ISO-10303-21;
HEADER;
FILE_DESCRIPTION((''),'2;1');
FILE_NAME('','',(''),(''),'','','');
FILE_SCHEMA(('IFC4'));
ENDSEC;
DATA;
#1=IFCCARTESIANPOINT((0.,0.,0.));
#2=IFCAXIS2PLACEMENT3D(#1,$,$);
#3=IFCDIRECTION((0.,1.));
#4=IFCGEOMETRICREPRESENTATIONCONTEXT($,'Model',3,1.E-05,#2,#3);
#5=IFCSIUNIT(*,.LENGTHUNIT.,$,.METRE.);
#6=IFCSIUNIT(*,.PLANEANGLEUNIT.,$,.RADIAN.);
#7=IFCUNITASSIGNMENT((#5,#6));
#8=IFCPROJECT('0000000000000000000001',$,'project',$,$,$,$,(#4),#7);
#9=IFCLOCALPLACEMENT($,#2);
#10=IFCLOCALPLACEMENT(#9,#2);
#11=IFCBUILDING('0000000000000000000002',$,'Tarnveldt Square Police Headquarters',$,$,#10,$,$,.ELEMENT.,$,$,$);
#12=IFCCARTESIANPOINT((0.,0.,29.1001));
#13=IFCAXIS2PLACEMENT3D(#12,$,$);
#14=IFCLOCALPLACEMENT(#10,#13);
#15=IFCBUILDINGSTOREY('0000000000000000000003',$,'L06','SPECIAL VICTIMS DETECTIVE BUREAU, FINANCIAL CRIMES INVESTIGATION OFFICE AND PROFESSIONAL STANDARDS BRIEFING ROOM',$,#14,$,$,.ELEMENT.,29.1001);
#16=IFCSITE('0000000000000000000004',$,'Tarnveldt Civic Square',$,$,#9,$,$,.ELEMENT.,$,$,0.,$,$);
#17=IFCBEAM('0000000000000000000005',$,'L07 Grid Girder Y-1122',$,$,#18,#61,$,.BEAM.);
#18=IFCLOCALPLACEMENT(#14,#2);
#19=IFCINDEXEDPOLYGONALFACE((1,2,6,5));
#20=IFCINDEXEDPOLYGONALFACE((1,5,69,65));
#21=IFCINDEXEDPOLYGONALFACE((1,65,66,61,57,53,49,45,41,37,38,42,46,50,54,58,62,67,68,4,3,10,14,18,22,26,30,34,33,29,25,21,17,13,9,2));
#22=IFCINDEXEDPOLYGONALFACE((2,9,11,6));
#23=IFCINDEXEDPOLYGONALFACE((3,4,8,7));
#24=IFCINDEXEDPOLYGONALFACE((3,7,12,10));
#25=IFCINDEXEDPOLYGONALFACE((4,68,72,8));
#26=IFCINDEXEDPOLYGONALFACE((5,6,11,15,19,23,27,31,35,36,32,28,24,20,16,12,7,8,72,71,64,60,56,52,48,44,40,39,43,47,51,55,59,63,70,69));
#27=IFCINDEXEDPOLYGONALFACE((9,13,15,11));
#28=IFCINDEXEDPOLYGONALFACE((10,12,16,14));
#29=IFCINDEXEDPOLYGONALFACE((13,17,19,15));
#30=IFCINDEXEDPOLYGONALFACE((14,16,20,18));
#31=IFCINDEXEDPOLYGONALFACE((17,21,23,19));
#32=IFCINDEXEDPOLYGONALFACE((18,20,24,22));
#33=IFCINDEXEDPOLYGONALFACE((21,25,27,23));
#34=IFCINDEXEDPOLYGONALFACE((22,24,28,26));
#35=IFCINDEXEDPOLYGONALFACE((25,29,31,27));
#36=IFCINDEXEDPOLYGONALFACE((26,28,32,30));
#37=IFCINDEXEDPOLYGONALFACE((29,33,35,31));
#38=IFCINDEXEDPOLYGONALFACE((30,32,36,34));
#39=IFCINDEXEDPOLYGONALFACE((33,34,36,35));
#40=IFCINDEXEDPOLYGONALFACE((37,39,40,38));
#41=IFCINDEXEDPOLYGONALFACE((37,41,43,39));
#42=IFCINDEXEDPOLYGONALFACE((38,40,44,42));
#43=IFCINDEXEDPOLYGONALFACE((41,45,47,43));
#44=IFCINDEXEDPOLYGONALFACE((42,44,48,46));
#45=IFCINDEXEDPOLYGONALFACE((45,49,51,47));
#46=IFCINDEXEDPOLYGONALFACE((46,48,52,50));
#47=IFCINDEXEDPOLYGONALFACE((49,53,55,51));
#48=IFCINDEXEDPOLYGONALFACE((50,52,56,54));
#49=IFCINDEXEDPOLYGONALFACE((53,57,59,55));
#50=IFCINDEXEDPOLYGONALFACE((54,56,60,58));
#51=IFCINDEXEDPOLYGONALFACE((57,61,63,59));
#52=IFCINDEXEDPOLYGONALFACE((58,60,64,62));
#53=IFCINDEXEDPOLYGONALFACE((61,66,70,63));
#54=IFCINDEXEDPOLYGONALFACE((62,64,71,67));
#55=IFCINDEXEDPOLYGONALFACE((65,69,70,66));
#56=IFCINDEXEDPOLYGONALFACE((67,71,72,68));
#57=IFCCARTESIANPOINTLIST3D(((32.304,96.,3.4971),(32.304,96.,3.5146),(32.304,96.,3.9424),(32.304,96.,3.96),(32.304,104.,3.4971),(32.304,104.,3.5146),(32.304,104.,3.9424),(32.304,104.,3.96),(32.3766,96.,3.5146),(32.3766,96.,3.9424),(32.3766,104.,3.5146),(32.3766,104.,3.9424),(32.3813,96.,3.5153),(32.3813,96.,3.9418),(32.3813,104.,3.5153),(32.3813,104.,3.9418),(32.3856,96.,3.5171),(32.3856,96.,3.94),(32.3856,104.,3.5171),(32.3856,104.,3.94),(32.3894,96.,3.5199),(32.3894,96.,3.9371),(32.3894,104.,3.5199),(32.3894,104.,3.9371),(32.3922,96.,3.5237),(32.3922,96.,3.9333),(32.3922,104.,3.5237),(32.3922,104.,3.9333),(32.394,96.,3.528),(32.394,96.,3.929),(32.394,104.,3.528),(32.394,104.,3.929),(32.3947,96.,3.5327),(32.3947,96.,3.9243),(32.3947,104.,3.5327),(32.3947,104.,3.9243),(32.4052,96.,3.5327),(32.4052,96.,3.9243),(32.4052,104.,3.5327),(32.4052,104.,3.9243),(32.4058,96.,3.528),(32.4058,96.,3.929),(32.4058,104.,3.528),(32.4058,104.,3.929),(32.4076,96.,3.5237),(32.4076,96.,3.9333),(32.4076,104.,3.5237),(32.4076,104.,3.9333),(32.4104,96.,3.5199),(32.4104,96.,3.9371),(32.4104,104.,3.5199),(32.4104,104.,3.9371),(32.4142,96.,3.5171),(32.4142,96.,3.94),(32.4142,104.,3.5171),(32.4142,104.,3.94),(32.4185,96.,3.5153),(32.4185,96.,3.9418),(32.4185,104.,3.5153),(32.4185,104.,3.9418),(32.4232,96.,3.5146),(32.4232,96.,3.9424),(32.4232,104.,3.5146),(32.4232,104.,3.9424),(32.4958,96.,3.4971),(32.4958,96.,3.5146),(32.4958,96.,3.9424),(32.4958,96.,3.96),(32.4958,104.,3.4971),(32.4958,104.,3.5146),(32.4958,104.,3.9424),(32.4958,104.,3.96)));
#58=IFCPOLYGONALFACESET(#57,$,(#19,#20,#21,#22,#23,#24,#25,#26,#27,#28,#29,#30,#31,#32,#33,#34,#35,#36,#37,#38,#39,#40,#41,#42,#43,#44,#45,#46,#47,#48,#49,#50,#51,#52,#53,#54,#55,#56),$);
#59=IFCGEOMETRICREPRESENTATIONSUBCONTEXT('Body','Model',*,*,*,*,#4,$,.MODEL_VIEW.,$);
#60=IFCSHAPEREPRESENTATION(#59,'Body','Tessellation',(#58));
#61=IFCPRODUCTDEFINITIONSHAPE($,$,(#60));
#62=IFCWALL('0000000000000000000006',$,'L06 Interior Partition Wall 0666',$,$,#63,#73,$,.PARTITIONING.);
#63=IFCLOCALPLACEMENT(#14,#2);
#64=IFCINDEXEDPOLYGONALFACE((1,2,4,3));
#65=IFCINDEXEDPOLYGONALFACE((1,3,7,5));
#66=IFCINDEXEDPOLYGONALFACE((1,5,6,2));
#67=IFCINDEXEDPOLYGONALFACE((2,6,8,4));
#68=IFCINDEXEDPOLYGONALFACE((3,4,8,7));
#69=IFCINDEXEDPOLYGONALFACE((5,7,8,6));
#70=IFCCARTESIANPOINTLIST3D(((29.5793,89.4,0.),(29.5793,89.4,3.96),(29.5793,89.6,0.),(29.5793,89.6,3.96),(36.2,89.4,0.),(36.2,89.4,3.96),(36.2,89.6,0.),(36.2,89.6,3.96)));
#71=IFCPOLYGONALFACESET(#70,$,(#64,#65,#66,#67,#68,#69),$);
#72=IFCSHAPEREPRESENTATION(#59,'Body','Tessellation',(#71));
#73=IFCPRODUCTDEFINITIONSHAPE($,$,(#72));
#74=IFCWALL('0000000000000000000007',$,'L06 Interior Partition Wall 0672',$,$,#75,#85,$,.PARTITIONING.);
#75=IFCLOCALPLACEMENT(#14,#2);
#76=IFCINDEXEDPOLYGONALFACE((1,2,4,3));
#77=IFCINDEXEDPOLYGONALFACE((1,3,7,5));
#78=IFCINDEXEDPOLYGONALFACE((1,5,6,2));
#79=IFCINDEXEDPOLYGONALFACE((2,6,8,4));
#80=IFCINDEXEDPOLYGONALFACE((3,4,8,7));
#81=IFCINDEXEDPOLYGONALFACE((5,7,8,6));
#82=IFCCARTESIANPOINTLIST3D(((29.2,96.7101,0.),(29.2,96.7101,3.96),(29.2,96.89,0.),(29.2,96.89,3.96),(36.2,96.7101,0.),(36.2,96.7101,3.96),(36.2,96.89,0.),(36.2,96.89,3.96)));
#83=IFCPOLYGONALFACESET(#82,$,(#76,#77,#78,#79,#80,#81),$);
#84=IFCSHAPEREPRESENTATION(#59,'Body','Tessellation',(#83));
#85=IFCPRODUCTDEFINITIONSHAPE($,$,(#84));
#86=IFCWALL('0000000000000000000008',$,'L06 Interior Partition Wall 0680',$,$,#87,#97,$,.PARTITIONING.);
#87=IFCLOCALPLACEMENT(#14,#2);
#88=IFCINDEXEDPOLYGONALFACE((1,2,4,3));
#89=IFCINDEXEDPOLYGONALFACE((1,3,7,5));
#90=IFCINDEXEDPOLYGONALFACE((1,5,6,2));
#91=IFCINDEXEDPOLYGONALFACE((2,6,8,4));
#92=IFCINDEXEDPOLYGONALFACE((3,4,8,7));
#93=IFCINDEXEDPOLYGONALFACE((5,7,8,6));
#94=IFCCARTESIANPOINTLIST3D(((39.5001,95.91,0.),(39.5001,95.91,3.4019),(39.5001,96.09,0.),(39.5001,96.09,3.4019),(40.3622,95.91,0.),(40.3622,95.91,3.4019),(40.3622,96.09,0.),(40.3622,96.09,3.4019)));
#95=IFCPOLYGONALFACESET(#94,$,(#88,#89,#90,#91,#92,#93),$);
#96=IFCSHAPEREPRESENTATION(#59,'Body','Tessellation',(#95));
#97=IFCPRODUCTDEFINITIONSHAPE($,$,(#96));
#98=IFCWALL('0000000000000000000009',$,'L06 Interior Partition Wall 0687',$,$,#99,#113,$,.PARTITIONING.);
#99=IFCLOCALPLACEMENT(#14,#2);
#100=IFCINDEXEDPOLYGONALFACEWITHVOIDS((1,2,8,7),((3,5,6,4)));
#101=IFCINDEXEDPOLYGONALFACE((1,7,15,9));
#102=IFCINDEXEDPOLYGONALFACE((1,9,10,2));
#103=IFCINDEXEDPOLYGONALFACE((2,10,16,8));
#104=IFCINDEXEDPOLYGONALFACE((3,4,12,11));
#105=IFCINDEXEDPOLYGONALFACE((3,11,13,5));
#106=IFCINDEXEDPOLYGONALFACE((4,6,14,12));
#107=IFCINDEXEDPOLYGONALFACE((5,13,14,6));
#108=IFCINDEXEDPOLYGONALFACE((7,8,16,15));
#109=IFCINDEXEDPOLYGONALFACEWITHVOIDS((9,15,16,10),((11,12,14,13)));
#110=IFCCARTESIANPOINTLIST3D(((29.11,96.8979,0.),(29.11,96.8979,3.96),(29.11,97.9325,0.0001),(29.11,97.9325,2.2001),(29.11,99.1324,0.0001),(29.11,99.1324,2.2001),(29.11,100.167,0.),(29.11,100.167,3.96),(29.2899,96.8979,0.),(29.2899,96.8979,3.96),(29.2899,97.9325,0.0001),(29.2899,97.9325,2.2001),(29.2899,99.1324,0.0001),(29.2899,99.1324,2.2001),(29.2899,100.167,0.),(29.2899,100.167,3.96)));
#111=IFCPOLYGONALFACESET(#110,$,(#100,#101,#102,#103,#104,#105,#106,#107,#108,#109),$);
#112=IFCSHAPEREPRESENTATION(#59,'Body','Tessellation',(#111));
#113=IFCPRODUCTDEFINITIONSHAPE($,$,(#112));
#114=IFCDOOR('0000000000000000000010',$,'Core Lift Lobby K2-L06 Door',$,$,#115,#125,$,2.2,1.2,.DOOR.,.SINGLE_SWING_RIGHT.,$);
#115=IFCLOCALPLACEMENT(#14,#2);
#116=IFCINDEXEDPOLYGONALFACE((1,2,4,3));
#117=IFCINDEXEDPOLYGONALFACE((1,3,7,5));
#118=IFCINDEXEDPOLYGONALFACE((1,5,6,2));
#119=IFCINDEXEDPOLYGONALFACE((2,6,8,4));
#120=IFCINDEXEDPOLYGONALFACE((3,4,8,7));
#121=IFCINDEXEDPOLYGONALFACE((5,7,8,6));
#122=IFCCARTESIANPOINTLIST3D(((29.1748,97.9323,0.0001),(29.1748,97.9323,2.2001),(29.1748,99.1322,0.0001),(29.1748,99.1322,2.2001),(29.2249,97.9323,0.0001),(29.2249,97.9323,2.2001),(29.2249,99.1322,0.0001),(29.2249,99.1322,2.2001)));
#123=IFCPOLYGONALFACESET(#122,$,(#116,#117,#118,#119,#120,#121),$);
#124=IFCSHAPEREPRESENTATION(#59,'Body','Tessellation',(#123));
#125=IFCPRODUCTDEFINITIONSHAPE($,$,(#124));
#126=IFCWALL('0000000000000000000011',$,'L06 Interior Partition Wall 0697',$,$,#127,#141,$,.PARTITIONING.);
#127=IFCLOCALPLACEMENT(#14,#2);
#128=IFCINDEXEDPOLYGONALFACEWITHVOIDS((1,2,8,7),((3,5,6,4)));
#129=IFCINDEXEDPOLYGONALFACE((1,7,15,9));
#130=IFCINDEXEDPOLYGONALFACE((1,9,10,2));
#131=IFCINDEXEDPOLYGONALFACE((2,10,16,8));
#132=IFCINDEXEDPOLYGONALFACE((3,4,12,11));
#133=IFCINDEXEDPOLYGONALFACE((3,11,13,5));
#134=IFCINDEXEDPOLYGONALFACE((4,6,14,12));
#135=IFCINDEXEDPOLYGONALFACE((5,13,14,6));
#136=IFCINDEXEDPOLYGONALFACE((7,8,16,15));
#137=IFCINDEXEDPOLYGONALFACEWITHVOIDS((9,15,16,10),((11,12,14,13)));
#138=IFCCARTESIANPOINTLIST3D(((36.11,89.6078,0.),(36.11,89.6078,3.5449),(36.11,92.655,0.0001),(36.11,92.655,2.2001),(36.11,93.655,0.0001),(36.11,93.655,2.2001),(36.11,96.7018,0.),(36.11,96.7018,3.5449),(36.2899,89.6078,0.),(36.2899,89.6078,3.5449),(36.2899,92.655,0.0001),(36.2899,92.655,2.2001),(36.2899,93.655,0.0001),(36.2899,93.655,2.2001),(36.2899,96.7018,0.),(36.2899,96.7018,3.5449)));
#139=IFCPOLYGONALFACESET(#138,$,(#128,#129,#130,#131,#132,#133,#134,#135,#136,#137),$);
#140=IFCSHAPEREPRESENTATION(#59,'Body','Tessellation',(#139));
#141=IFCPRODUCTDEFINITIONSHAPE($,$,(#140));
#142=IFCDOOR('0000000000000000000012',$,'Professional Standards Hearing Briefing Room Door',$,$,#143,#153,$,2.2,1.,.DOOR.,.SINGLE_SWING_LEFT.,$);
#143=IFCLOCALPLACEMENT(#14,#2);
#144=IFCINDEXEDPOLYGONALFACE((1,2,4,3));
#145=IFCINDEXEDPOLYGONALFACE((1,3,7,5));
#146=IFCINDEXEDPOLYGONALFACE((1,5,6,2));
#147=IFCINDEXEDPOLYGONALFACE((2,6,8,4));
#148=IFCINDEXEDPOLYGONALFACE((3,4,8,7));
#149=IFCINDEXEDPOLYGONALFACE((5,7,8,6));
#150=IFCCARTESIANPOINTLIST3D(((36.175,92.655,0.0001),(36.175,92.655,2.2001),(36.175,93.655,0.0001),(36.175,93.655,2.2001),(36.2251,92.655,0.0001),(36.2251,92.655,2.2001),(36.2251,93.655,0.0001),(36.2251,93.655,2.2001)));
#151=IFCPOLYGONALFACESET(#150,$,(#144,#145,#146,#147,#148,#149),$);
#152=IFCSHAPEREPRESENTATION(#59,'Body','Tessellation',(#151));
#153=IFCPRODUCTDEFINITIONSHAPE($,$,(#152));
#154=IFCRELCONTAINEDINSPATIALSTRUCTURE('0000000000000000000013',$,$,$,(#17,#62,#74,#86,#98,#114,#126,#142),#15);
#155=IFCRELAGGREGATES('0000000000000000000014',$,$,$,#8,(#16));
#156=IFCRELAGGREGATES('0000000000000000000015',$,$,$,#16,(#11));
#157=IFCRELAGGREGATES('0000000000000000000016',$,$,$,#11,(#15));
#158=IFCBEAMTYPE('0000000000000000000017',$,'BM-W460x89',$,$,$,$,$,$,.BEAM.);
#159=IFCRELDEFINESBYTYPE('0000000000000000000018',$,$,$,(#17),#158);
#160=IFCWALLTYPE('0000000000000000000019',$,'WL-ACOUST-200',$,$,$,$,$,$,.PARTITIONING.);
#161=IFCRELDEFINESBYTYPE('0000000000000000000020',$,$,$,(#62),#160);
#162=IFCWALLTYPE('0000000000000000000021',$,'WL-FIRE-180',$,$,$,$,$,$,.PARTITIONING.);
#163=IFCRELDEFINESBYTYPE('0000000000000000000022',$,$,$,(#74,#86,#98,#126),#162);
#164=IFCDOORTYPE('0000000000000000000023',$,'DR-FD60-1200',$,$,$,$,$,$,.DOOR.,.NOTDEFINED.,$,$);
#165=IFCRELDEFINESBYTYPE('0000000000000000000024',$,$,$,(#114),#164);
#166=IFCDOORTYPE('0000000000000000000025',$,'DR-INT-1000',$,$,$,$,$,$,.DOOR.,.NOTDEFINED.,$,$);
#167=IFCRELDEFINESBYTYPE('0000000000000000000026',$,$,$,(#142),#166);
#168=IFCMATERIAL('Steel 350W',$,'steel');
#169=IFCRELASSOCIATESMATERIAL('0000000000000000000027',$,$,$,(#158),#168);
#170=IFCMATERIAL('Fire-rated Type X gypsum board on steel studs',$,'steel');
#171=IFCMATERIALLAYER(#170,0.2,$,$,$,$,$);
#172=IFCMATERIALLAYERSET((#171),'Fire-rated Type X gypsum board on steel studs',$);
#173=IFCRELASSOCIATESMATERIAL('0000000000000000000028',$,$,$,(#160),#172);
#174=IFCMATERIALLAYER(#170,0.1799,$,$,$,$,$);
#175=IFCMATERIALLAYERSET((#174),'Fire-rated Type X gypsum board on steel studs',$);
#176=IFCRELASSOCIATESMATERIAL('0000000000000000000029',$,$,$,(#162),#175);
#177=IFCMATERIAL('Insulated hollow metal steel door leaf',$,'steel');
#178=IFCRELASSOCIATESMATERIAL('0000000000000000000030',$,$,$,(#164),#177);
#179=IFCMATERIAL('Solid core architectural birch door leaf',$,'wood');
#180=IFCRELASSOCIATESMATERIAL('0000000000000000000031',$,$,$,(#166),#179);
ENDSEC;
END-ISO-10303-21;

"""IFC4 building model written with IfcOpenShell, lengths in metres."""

from ifc_helpers import new_model, si_unit, direction, frame, frame_2d, origin, origin_2d, place, context, subcontext, project, spatial, rectangle, i_section, extrude, material, layer, layer_set, material_profile, profile_set, type_object, element, fill, save


model = new_model("IFC4")

# Units and contexts
model_context = context("Model", 3, precision=1e-05, world=origin(), true_north=direction((0.0, 1.0)))
body_context = subcontext(model_context, "Body", "Model", "MODEL_VIEW")
ifc_project = project(units=[si_unit("LENGTHUNIT", "METRE"), si_unit("PLANEANGLEUNIT", "RADIAN")], contexts=[model_context])

# Site, building, storey
site_placement = place(None, origin())
site = spatial("IfcSite", under=ifc_project, at=site_placement, Name="Tarnveldt Civic Square", CompositionType="ELEMENT", RefElevation=0.0)
building_placement = place(site_placement, origin())
building = spatial("IfcBuilding", under=site, at=building_placement, Name="Tarnveldt Square Police Headquarters", CompositionType="ELEMENT")
storey_placement = place(building_placement, frame((0.0, 0.0, 29.1001)))
storey = spatial("IfcBuildingStorey", under=building, at=storey_placement, Name="L06", Description="SPECIAL VICTIMS DETECTIVE BUREAU, FINANCIAL CRIMES INVESTIGATION OFFICE AND PROFESSIONAL STANDARDS BRIEFING ROOM", CompositionType="ELEMENT", Elevation=29.1001)

# Beam
ifc_material_1 = material(Name="Steel 350W", Category="steel")
ifc_material_profile_1 = material_profile(ifc_material_1, i_section(OverallWidth=0.1919, OverallDepth=0.4629, WebThickness=0.0105, FlangeThickness=0.0176, FilletRadius=0.0181, at=origin_2d()), Name="W460x89")
ifc_profile_set_1 = profile_set([ifc_material_profile_1], Name="Steel 350W")
beam_type_1 = type_object("IfcBeamType", Name="BM-W460x89", PredefinedType="BEAM", material=ifc_profile_set_1)
for number, where, z_axis, x_axis, name in (
    (1, (32.3999, 96.0, 3.7285), (0.0, 1.0, 0.0), (-1.0, 0.0, 0.0), "L07 Grid Girder Y-1122"),
):
    element("IfcBeam", number, at=place(storey_placement, frame(where, z_axis=z_axis, x_axis=x_axis)), inside=storey, type_object=beam_type_1, Name=name, PredefinedType="BEAM", context=body_context, shape_type="SweptSolid", body=[
        extrude(i_section(OverallWidth=0.1919, OverallDepth=0.4629, WebThickness=0.0105, FlangeThickness=0.0176, FilletRadius=0.0181, at=origin_2d()), origin(), (0.0, 0.0, 1.0), 8.0),
    ])

# Walls
ifc_material_2 = material(Name="Fire-rated Type X gypsum board on steel studs", Category="steel")
ifc_layer_1 = layer(ifc_material_2, 0.2)
ifc_layer_set_1 = layer_set([ifc_layer_1], Name="Fire-rated Type X gypsum board on steel studs")
wall_type_1 = type_object("IfcWallType", Name="WL-ACOUST-200", PredefinedType="PARTITIONING", material=ifc_layer_set_1)
wall_1_placement = place(storey_placement, frame((29.5793, 89.5, 0.0), z_axis=(0.0, 0.0, 1.0), x_axis=(1.0, 0.0, 0.0)))
element("IfcWall", 2, at=wall_1_placement, inside=storey, type_object=wall_type_1, Name="L06 Interior Partition Wall 0666", PredefinedType="PARTITIONING", context=body_context, shape_type="SweptSolid", body=[
    extrude(rectangle(XDim=6.6206, YDim=0.2, at=frame_2d((3.3103, 0.0))), origin(), (0.0, 0.0, 1.0), 3.96),
])
ifc_layer_2 = layer(ifc_material_2, 0.1799)
ifc_layer_set_2 = layer_set([ifc_layer_2], Name="Fire-rated Type X gypsum board on steel studs")
wall_type_2 = type_object("IfcWallType", Name="WL-FIRE-180", PredefinedType="PARTITIONING", material=ifc_layer_set_2)
wall_2_placement = place(storey_placement, frame((29.2, 96.8, 0.0), z_axis=(0.0, 0.0, 1.0), x_axis=(1.0, 0.0, 0.0)))
element("IfcWall", 3, at=wall_2_placement, inside=storey, type_object=wall_type_2, Name="L06 Interior Partition Wall 0672", PredefinedType="PARTITIONING", context=body_context, shape_type="SweptSolid", body=[
    extrude(rectangle(XDim=7.0, YDim=0.1799, at=frame_2d((3.5, 0.0))), origin(), (0.0, 0.0, 1.0), 3.96),
])
wall_3_placement = place(storey_placement, frame((39.5, 96.0, 0.0), z_axis=(0.0, 0.0, 1.0), x_axis=(1.0, 0.0, 0.0)))
element("IfcWall", 4, at=wall_3_placement, inside=storey, type_object=wall_type_2, Name="L06 Interior Partition Wall 0680", PredefinedType="PARTITIONING", context=body_context, shape_type="SweptSolid", body=[
    extrude(rectangle(XDim=0.8621, YDim=0.1799, at=frame_2d((0.4312, 0.0))), origin(), (0.0, 0.0, 1.0), 3.4019),
])

# Walls, openings, doors
wall_4_placement = place(storey_placement, frame((29.2, 96.8979, 0.0), z_axis=(0.0, 0.0, 1.0), x_axis=(0.0, 1.0, 0.0)))
wall_4 = element("IfcWall", 5, at=wall_4_placement, inside=storey, type_object=wall_type_2, Name="L06 Interior Partition Wall 0687", PredefinedType="PARTITIONING", context=body_context, shape_type="SweptSolid", body=[
    extrude(rectangle(XDim=3.269, YDim=0.1799, at=frame_2d((1.6345, 0.0))), origin(), (0.0, 0.0, 1.0), 3.96),
])
opening_1_placement = place(wall_4_placement, frame((1.0344, 0.0, 0.0)))
opening_1 = element("IfcOpeningElement", 6, at=opening_1_placement, cuts=wall_4, PredefinedType="OPENING", context=body_context, shape_type="SweptSolid", body=[
    extrude(rectangle(XDim=1.2, YDim=2.2, at=frame_2d((0.6001, 1.1001))), frame((0.0, 0.0999, 0.0), z_axis=(0.0, -1.0, 0.0), x_axis=(1.0, 0.0, 0.0)), (0.0, 0.0, 1.0), 0.2),
])
ifc_material_3 = material(Name="Insulated hollow metal steel door leaf", Category="steel")
door_type_1 = type_object("IfcDoorType", Name="DR-FD60-1200", OperationType="NOTDEFINED", PredefinedType="DOOR", material=ifc_material_3)
door_1_placement = place(opening_1_placement, frame((1.2, 0.0, 0.0), z_axis=(0.0, 0.0, 1.0), x_axis=(-1.0, 0.0, 0.0)))
door_1 = element("IfcDoor", 7, at=door_1_placement, inside=storey, type_object=door_type_1, Name="Core Lift Lobby K2-L06 Door", OperationType="SINGLE_SWING_RIGHT", OverallHeight=2.2, OverallWidth=1.2, PredefinedType="DOOR", context=body_context, shape_type="SweptSolid", body=[
    extrude(rectangle(XDim=1.2, YDim=2.2, at=frame_2d((0.6001, 1.1001))), frame((0.0, 0.0249, 0.0), z_axis=(0.0, -1.0, 0.0), x_axis=(1.0, 0.0, 0.0)), (0.0, 0.0, 1.0), 0.05),
])
fill(opening_1, door_1)
wall_5_placement = place(storey_placement, frame((36.2, 89.6079, 0.0), z_axis=(0.0, 0.0, 1.0), x_axis=(0.0, 1.0, 0.0)))
wall_5 = element("IfcWall", 8, at=wall_5_placement, inside=storey, type_object=wall_type_2, Name="L06 Interior Partition Wall 0697", PredefinedType="PARTITIONING", context=body_context, shape_type="SweptSolid", body=[
    extrude(rectangle(XDim=7.094, YDim=0.1799, at=frame_2d((3.5469, 0.0))), origin(), (0.0, 0.0, 1.0), 3.5449),
])
opening_2_placement = place(wall_5_placement, frame((3.0471, 0.0, 0.0)))
opening_2 = element("IfcOpeningElement", 9, at=opening_2_placement, cuts=wall_5, PredefinedType="OPENING", context=body_context, shape_type="SweptSolid", body=[
    extrude(rectangle(XDim=1.0, YDim=2.2, at=frame_2d((0.5, 1.1001))), frame((0.0, 0.0999, 0.0), z_axis=(0.0, -1.0, 0.0), x_axis=(1.0, 0.0, 0.0)), (0.0, 0.0, 1.0), 0.2),
])
ifc_material_4 = material(Name="Solid core architectural birch door leaf", Category="wood")
door_type_2 = type_object("IfcDoorType", Name="DR-INT-1000", OperationType="NOTDEFINED", PredefinedType="DOOR", material=ifc_material_4)
door_2_placement = place(opening_2_placement, origin())
door_2 = element("IfcDoor", 10, at=door_2_placement, inside=storey, type_object=door_type_2, Name="Professional Standards Hearing Briefing Room Door", OperationType="SINGLE_SWING_LEFT", OverallHeight=2.2, OverallWidth=1.0, PredefinedType="DOOR", context=body_context, shape_type="SweptSolid", body=[
    extrude(rectangle(XDim=1.0, YDim=2.2, at=frame_2d((0.5, 1.1001))), frame((0.0, 0.0249, 0.0), z_axis=(0.0, -1.0, 0.0), x_axis=(1.0, 0.0, 0.0)), (0.0, 0.0, 1.0), 0.05),
])
fill(opening_2, door_2)

save(model, "model.ifc")
